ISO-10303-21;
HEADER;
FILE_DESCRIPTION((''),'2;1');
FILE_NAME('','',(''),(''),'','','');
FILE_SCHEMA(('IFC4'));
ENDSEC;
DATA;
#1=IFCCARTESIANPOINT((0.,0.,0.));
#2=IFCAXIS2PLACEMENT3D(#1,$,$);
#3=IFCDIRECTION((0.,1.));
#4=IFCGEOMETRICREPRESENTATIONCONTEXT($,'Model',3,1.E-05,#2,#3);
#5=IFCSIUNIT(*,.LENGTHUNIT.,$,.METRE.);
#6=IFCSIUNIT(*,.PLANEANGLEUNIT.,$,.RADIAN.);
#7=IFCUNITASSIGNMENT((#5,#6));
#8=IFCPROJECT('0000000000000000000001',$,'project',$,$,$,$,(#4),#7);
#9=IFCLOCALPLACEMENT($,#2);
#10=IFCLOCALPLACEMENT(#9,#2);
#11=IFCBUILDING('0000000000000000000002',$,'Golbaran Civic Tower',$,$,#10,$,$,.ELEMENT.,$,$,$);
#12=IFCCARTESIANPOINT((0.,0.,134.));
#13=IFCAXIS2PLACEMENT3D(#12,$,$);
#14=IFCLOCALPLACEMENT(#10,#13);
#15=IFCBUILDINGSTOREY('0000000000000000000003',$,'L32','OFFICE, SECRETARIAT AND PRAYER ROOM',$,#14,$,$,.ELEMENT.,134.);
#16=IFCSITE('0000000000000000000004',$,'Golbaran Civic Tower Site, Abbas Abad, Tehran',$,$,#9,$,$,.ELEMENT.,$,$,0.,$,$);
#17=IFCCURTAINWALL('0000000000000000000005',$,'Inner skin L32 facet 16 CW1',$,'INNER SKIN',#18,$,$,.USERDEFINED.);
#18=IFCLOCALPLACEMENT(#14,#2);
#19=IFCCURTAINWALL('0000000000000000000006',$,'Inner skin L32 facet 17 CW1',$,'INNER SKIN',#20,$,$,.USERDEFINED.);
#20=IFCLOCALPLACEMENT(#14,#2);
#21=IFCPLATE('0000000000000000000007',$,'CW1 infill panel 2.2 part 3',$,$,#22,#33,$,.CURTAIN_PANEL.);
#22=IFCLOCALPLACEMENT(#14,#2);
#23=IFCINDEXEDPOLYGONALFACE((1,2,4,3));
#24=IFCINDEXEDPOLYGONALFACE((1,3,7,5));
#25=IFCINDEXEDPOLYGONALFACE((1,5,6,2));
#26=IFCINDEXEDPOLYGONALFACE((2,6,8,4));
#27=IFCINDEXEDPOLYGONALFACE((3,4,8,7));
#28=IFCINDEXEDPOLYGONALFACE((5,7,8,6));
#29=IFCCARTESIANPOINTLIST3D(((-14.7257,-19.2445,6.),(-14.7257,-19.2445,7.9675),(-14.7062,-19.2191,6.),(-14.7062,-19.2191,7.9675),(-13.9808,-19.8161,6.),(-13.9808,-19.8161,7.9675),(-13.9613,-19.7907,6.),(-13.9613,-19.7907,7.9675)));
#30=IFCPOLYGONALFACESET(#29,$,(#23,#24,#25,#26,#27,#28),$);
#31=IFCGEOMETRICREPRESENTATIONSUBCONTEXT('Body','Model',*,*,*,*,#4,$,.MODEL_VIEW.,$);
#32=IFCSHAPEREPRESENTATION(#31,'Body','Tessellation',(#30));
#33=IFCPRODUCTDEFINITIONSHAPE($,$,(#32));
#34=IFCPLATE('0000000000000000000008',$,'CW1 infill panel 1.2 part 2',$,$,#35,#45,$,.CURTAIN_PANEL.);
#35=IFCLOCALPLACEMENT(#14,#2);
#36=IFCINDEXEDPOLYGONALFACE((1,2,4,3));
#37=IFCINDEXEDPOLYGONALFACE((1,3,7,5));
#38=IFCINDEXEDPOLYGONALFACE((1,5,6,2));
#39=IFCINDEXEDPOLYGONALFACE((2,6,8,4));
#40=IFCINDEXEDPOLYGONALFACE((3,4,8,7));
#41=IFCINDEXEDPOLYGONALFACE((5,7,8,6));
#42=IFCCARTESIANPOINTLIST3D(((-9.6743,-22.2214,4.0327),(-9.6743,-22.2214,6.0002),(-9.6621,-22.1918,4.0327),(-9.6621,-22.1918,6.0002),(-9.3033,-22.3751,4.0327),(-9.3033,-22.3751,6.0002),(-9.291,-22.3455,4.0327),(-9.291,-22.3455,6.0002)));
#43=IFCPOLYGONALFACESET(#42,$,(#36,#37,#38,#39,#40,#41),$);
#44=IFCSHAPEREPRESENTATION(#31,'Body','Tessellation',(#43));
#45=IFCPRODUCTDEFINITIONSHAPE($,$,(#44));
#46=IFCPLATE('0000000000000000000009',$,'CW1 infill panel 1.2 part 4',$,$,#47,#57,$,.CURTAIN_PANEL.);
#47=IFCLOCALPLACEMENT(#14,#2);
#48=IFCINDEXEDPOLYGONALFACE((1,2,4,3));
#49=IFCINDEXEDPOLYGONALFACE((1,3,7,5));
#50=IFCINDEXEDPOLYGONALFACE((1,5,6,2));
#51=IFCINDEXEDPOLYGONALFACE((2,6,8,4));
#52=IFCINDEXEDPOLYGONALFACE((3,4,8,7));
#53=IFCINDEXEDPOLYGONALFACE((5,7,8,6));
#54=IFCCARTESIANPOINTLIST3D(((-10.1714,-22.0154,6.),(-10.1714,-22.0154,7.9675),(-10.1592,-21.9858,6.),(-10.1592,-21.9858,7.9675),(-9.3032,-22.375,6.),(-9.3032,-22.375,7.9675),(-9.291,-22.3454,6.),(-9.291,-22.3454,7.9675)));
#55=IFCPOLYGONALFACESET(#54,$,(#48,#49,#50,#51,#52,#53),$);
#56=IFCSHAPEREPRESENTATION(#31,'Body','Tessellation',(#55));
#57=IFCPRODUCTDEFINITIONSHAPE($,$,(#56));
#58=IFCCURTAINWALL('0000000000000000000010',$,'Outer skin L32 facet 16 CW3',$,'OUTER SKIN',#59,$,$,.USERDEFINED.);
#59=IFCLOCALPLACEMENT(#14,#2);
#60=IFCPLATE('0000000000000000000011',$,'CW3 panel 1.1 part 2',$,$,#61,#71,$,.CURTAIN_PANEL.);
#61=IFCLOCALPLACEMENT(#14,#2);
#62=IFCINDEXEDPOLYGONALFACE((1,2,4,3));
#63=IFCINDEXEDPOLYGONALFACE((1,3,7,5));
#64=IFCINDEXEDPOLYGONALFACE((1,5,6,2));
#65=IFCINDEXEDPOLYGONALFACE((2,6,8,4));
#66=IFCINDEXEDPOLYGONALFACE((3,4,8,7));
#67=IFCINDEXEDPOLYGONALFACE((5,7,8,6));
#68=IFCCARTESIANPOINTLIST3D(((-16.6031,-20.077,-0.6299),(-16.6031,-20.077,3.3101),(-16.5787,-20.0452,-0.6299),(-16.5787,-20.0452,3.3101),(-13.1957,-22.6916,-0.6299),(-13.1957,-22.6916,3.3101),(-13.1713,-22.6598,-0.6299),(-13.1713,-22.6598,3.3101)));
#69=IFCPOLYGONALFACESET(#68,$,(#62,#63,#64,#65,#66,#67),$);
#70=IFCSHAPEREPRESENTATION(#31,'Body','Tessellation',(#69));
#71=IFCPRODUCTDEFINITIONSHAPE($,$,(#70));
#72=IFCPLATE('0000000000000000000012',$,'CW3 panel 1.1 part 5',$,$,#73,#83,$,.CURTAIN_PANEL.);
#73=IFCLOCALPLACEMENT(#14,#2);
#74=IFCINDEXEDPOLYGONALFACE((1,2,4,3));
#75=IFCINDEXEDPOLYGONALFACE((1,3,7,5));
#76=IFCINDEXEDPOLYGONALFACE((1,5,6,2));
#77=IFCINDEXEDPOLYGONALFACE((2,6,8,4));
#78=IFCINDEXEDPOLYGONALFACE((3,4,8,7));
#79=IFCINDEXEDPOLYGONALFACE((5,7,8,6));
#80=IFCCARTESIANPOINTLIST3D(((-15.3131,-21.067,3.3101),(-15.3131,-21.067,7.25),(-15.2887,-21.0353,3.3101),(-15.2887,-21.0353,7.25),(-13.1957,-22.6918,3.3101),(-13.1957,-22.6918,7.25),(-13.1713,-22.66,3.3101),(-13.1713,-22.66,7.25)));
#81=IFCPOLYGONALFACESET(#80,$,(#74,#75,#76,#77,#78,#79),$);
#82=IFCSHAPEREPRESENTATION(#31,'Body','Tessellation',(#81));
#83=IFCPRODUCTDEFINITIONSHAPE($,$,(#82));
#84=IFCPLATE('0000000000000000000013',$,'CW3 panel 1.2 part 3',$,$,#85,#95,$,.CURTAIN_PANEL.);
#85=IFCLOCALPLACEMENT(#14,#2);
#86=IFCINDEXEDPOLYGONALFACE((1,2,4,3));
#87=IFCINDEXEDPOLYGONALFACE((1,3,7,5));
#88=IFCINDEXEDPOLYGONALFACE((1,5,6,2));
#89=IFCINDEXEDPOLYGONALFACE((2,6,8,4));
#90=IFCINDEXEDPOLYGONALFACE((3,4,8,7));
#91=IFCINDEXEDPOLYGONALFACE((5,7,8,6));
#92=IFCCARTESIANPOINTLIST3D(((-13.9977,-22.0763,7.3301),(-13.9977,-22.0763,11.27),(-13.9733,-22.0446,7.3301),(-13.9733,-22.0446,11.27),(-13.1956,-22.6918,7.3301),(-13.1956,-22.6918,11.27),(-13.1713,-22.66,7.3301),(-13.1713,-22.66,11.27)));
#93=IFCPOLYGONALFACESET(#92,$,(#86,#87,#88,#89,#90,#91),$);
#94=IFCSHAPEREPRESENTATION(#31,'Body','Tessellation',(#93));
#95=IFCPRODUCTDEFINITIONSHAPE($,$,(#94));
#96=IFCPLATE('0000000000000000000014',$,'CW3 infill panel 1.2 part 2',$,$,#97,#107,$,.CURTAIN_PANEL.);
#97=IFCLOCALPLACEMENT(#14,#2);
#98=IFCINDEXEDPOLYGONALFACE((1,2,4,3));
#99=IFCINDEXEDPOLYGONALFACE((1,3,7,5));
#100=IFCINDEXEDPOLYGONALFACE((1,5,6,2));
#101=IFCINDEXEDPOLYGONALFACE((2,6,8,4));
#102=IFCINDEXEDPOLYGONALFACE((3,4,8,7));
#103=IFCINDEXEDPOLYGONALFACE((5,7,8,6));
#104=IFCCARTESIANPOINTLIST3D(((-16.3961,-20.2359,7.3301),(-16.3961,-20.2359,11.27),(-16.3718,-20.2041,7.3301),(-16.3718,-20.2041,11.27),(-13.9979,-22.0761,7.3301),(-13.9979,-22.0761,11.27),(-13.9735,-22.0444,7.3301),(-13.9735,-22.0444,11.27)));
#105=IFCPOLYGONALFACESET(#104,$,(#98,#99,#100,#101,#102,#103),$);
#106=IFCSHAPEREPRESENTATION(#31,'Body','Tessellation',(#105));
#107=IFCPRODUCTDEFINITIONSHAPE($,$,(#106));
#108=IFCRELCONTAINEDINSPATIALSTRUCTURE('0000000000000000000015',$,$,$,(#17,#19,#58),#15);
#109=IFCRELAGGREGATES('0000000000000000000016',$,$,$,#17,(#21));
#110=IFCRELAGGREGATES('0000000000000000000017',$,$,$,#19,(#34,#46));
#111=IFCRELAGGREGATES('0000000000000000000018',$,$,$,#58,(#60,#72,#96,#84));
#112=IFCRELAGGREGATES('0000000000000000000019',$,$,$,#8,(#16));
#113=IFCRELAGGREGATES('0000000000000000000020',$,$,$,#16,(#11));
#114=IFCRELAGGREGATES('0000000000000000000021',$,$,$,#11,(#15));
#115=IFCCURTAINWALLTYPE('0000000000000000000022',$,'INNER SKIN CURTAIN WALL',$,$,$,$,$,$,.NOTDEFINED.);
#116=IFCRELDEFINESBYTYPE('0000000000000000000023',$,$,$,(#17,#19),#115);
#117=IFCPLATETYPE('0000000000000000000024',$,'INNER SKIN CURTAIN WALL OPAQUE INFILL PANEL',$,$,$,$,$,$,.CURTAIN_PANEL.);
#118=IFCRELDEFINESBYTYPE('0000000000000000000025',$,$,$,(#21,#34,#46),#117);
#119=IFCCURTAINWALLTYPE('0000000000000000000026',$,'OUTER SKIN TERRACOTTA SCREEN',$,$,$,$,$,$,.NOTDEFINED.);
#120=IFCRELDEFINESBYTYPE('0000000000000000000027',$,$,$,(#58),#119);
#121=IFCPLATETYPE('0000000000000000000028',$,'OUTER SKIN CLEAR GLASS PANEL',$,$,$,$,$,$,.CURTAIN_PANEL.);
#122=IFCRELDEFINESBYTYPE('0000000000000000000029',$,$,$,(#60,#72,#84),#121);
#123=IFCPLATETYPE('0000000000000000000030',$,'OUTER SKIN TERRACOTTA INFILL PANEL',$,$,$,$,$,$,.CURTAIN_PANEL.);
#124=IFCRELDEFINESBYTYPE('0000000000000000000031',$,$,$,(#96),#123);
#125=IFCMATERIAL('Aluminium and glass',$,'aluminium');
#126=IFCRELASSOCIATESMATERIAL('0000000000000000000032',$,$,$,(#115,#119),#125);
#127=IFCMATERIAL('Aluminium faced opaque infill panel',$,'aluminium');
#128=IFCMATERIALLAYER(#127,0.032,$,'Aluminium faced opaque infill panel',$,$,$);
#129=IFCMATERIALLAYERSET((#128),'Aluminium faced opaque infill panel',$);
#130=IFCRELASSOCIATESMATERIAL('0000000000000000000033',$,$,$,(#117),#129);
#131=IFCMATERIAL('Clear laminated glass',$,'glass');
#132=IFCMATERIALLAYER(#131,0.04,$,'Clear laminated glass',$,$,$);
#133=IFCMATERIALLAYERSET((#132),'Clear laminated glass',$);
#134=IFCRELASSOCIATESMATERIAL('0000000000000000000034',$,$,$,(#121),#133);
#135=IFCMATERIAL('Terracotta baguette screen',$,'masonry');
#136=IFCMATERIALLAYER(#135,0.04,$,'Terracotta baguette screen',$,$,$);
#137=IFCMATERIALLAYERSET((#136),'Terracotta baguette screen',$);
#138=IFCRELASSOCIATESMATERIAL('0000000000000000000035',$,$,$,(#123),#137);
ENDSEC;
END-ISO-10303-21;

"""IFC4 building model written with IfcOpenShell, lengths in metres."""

from ifc_helpers import new_model, si_unit, direction, frame, origin, origin_2d, place, context, subcontext, project, spatial, rectangle, extrude, material, layer, layer_set, type_object, element, aggregate, save


model = new_model("IFC4")

# Units and contexts
model_context = context("Model", 3, precision=1e-05, world=origin(), true_north=direction((0.0, 1.0)))
body_context = subcontext(model_context, "Body", "Model", "MODEL_VIEW")
ifc_project = project(units=[si_unit("LENGTHUNIT", "METRE"), si_unit("PLANEANGLEUNIT", "RADIAN")], contexts=[model_context])

# Site, building, storey
site_placement = place(None, origin())
site = spatial("IfcSite", under=ifc_project, at=site_placement, Name="Golbaran Civic Tower Site, Abbas Abad, Tehran", CompositionType="ELEMENT", RefElevation=0.0)
building_placement = place(site_placement, origin())
building = spatial("IfcBuilding", under=site, at=building_placement, Name="Golbaran Civic Tower", CompositionType="ELEMENT")
storey_placement = place(building_placement, frame((0.0, 0.0, 134.0)))
storey = spatial("IfcBuildingStorey", under=building, at=storey_placement, Name="L32", Description="OFFICE, SECRETARIAT AND PRAYER ROOM", CompositionType="ELEMENT", Elevation=134.0)

# Curtain wall
ifc_material_1 = material(Name="Aluminium and glass", Category="aluminium")
curtain_wall_type_1 = type_object("IfcCurtainWallType", Name="INNER SKIN CURTAIN WALL", PredefinedType="NOTDEFINED", material=ifc_material_1)
curtain_wall_1_placement = place(storey_placement, origin())
curtain_wall_1 = element("IfcCurtainWall", 1, at=curtain_wall_1_placement, inside=storey, type_object=curtain_wall_type_1, Name="Inner skin L32 facet 16 CW1", ObjectType="INNER SKIN", PredefinedType="USERDEFINED")

# Curtain wall
curtain_wall_2_placement = place(storey_placement, origin())
curtain_wall_2 = element("IfcCurtainWall", 2, at=curtain_wall_2_placement, inside=storey, type_object=curtain_wall_type_1, Name="Inner skin L32 facet 17 CW1", ObjectType="INNER SKIN", PredefinedType="USERDEFINED")

# Plates
ifc_material_2 = material(Name="Aluminium faced opaque infill panel", Category="aluminium")
ifc_layer_1 = layer(ifc_material_2, 0.032, Name="Aluminium faced opaque infill panel")
ifc_layer_set_1 = layer_set([ifc_layer_1], Name="Aluminium faced opaque infill panel")
plate_type_1 = type_object("IfcPlateType", Name="INNER SKIN CURTAIN WALL OPAQUE INFILL PANEL", PredefinedType="CURTAIN_PANEL", material=ifc_layer_set_1)
plate_1_placement = place(storey_placement, frame((-14.3435, -19.5176, 6.0), z_axis=(0.0, 0.0, 1.0), x_axis=(0.793353, -0.608761, 0.0)))
plate_1 = element("IfcPlate", 3, at=plate_1_placement, type_object=plate_type_1, Name="CW1 infill panel 2.2 part 3", PredefinedType="CURTAIN_PANEL", context=body_context, shape_type="SweptSolid", body=[
    extrude(rectangle(XDim=0.939, YDim=0.032, at=origin_2d()), origin(), (0.0, 0.0, 1.0), 1.9675),
])
aggregate(curtain_wall_1, [plate_1])
plate_2_placement = place(storey_placement, frame((-9.4827, -22.2834, 4.0327), z_axis=(0.0, 0.0, 1.0), x_axis=(0.92388, -0.382683, 0.0)))
plate_2 = element("IfcPlate", 4, at=plate_2_placement, type_object=plate_type_1, Name="CW1 infill panel 1.2 part 2", PredefinedType="CURTAIN_PANEL", context=body_context, shape_type="SweptSolid", body=[
    extrude(rectangle(XDim=0.4016, YDim=0.032, at=origin_2d()), origin(), (0.0, 0.0, 1.0), 1.9675),
])
plate_3_placement = place(storey_placement, frame((-9.7312, -22.1804, 6.0), z_axis=(0.0, 0.0, 1.0), x_axis=(0.92388, -0.382683, 0.0)))
plate_3 = element("IfcPlate", 5, at=plate_3_placement, type_object=plate_type_1, Name="CW1 infill panel 1.2 part 4", PredefinedType="CURTAIN_PANEL", context=body_context, shape_type="SweptSolid", body=[
    extrude(rectangle(XDim=0.9397, YDim=0.032, at=origin_2d()), origin(), (0.0, 0.0, 1.0), 1.9675),
])
aggregate(curtain_wall_2, [plate_2, plate_3])

# Curtain wall, plates
curtain_wall_type_2 = type_object("IfcCurtainWallType", Name="OUTER SKIN TERRACOTTA SCREEN", PredefinedType="NOTDEFINED", material=ifc_material_1)
curtain_wall_3_placement = place(storey_placement, origin())
curtain_wall_3 = element("IfcCurtainWall", 6, at=curtain_wall_3_placement, inside=storey, type_object=curtain_wall_type_2, Name="Outer skin L32 facet 16 CW3", ObjectType="OUTER SKIN", PredefinedType="USERDEFINED")
ifc_material_3 = material(Name="Clear laminated glass", Category="glass")
ifc_layer_2 = layer(ifc_material_3, 0.04, Name="Clear laminated glass")
ifc_layer_set_2 = layer_set([ifc_layer_2], Name="Clear laminated glass")
plate_type_2 = type_object("IfcPlateType", Name="OUTER SKIN CLEAR GLASS PANEL", PredefinedType="CURTAIN_PANEL", material=ifc_layer_set_2)
plate_4_placement = place(storey_placement, frame((-14.8872, -21.3684, -0.6299), z_axis=(0.0, 0.0, 1.0), x_axis=(0.793353, -0.608761, 0.0)))
plate_4 = element("IfcPlate", 7, at=plate_4_placement, type_object=plate_type_2, Name="CW3 panel 1.1 part 2", PredefinedType="CURTAIN_PANEL", context=body_context, shape_type="SweptSolid", body=[
    extrude(rectangle(XDim=4.2949, YDim=0.04, at=origin_2d()), origin(), (0.0, 0.0, 1.0), 3.9399),
])
plate_5_placement = place(storey_placement, frame((-14.2422, -21.8635, 3.3101), z_axis=(0.0, 0.0, 1.0), x_axis=(0.793353, -0.608761, 0.0)))
plate_5 = element("IfcPlate", 8, at=plate_5_placement, type_object=plate_type_2, Name="CW3 panel 1.1 part 5", PredefinedType="CURTAIN_PANEL", context=body_context, shape_type="SweptSolid", body=[
    extrude(rectangle(XDim=2.6689, YDim=0.04, at=origin_2d()), origin(), (0.0, 0.0, 1.0), 3.9399),
])
plate_6_placement = place(storey_placement, frame((-13.5845, -22.3682, 7.3301), z_axis=(0.0, 0.0, 1.0), x_axis=(0.793353, -0.608761, 0.0)))
plate_6 = element("IfcPlate", 9, at=plate_6_placement, type_object=plate_type_2, Name="CW3 panel 1.2 part 3", PredefinedType="CURTAIN_PANEL", context=body_context, shape_type="SweptSolid", body=[
    extrude(rectangle(XDim=1.011, YDim=0.04, at=origin_2d()), origin(), (0.0, 0.0, 1.0), 3.9399),
])
ifc_material_4 = material(Name="Terracotta baguette screen", Category="masonry")
ifc_layer_3 = layer(ifc_material_4, 0.04, Name="Terracotta baguette screen")
ifc_layer_set_3 = layer_set([ifc_layer_3], Name="Terracotta baguette screen")
plate_type_3 = type_object("IfcPlateType", Name="OUTER SKIN TERRACOTTA INFILL PANEL", PredefinedType="CURTAIN_PANEL", material=ifc_layer_set_3)
plate_7_placement = place(storey_placement, frame((-15.1848, -21.1401, 7.3301), z_axis=(0.0, 0.0, 1.0), x_axis=(0.793353, -0.608761, 0.0)))
plate_7 = element("IfcPlate", 10, at=plate_7_placement, type_object=plate_type_3, Name="CW3 infill panel 1.2 part 2", PredefinedType="CURTAIN_PANEL", context=body_context, shape_type="SweptSolid", body=[
    extrude(rectangle(XDim=3.0229, YDim=0.04, at=origin_2d()), origin(), (0.0, 0.0, 1.0), 3.9399),
])
aggregate(curtain_wall_3, [plate_4, plate_5, plate_7, plate_6])

save(model, "model.ifc")
